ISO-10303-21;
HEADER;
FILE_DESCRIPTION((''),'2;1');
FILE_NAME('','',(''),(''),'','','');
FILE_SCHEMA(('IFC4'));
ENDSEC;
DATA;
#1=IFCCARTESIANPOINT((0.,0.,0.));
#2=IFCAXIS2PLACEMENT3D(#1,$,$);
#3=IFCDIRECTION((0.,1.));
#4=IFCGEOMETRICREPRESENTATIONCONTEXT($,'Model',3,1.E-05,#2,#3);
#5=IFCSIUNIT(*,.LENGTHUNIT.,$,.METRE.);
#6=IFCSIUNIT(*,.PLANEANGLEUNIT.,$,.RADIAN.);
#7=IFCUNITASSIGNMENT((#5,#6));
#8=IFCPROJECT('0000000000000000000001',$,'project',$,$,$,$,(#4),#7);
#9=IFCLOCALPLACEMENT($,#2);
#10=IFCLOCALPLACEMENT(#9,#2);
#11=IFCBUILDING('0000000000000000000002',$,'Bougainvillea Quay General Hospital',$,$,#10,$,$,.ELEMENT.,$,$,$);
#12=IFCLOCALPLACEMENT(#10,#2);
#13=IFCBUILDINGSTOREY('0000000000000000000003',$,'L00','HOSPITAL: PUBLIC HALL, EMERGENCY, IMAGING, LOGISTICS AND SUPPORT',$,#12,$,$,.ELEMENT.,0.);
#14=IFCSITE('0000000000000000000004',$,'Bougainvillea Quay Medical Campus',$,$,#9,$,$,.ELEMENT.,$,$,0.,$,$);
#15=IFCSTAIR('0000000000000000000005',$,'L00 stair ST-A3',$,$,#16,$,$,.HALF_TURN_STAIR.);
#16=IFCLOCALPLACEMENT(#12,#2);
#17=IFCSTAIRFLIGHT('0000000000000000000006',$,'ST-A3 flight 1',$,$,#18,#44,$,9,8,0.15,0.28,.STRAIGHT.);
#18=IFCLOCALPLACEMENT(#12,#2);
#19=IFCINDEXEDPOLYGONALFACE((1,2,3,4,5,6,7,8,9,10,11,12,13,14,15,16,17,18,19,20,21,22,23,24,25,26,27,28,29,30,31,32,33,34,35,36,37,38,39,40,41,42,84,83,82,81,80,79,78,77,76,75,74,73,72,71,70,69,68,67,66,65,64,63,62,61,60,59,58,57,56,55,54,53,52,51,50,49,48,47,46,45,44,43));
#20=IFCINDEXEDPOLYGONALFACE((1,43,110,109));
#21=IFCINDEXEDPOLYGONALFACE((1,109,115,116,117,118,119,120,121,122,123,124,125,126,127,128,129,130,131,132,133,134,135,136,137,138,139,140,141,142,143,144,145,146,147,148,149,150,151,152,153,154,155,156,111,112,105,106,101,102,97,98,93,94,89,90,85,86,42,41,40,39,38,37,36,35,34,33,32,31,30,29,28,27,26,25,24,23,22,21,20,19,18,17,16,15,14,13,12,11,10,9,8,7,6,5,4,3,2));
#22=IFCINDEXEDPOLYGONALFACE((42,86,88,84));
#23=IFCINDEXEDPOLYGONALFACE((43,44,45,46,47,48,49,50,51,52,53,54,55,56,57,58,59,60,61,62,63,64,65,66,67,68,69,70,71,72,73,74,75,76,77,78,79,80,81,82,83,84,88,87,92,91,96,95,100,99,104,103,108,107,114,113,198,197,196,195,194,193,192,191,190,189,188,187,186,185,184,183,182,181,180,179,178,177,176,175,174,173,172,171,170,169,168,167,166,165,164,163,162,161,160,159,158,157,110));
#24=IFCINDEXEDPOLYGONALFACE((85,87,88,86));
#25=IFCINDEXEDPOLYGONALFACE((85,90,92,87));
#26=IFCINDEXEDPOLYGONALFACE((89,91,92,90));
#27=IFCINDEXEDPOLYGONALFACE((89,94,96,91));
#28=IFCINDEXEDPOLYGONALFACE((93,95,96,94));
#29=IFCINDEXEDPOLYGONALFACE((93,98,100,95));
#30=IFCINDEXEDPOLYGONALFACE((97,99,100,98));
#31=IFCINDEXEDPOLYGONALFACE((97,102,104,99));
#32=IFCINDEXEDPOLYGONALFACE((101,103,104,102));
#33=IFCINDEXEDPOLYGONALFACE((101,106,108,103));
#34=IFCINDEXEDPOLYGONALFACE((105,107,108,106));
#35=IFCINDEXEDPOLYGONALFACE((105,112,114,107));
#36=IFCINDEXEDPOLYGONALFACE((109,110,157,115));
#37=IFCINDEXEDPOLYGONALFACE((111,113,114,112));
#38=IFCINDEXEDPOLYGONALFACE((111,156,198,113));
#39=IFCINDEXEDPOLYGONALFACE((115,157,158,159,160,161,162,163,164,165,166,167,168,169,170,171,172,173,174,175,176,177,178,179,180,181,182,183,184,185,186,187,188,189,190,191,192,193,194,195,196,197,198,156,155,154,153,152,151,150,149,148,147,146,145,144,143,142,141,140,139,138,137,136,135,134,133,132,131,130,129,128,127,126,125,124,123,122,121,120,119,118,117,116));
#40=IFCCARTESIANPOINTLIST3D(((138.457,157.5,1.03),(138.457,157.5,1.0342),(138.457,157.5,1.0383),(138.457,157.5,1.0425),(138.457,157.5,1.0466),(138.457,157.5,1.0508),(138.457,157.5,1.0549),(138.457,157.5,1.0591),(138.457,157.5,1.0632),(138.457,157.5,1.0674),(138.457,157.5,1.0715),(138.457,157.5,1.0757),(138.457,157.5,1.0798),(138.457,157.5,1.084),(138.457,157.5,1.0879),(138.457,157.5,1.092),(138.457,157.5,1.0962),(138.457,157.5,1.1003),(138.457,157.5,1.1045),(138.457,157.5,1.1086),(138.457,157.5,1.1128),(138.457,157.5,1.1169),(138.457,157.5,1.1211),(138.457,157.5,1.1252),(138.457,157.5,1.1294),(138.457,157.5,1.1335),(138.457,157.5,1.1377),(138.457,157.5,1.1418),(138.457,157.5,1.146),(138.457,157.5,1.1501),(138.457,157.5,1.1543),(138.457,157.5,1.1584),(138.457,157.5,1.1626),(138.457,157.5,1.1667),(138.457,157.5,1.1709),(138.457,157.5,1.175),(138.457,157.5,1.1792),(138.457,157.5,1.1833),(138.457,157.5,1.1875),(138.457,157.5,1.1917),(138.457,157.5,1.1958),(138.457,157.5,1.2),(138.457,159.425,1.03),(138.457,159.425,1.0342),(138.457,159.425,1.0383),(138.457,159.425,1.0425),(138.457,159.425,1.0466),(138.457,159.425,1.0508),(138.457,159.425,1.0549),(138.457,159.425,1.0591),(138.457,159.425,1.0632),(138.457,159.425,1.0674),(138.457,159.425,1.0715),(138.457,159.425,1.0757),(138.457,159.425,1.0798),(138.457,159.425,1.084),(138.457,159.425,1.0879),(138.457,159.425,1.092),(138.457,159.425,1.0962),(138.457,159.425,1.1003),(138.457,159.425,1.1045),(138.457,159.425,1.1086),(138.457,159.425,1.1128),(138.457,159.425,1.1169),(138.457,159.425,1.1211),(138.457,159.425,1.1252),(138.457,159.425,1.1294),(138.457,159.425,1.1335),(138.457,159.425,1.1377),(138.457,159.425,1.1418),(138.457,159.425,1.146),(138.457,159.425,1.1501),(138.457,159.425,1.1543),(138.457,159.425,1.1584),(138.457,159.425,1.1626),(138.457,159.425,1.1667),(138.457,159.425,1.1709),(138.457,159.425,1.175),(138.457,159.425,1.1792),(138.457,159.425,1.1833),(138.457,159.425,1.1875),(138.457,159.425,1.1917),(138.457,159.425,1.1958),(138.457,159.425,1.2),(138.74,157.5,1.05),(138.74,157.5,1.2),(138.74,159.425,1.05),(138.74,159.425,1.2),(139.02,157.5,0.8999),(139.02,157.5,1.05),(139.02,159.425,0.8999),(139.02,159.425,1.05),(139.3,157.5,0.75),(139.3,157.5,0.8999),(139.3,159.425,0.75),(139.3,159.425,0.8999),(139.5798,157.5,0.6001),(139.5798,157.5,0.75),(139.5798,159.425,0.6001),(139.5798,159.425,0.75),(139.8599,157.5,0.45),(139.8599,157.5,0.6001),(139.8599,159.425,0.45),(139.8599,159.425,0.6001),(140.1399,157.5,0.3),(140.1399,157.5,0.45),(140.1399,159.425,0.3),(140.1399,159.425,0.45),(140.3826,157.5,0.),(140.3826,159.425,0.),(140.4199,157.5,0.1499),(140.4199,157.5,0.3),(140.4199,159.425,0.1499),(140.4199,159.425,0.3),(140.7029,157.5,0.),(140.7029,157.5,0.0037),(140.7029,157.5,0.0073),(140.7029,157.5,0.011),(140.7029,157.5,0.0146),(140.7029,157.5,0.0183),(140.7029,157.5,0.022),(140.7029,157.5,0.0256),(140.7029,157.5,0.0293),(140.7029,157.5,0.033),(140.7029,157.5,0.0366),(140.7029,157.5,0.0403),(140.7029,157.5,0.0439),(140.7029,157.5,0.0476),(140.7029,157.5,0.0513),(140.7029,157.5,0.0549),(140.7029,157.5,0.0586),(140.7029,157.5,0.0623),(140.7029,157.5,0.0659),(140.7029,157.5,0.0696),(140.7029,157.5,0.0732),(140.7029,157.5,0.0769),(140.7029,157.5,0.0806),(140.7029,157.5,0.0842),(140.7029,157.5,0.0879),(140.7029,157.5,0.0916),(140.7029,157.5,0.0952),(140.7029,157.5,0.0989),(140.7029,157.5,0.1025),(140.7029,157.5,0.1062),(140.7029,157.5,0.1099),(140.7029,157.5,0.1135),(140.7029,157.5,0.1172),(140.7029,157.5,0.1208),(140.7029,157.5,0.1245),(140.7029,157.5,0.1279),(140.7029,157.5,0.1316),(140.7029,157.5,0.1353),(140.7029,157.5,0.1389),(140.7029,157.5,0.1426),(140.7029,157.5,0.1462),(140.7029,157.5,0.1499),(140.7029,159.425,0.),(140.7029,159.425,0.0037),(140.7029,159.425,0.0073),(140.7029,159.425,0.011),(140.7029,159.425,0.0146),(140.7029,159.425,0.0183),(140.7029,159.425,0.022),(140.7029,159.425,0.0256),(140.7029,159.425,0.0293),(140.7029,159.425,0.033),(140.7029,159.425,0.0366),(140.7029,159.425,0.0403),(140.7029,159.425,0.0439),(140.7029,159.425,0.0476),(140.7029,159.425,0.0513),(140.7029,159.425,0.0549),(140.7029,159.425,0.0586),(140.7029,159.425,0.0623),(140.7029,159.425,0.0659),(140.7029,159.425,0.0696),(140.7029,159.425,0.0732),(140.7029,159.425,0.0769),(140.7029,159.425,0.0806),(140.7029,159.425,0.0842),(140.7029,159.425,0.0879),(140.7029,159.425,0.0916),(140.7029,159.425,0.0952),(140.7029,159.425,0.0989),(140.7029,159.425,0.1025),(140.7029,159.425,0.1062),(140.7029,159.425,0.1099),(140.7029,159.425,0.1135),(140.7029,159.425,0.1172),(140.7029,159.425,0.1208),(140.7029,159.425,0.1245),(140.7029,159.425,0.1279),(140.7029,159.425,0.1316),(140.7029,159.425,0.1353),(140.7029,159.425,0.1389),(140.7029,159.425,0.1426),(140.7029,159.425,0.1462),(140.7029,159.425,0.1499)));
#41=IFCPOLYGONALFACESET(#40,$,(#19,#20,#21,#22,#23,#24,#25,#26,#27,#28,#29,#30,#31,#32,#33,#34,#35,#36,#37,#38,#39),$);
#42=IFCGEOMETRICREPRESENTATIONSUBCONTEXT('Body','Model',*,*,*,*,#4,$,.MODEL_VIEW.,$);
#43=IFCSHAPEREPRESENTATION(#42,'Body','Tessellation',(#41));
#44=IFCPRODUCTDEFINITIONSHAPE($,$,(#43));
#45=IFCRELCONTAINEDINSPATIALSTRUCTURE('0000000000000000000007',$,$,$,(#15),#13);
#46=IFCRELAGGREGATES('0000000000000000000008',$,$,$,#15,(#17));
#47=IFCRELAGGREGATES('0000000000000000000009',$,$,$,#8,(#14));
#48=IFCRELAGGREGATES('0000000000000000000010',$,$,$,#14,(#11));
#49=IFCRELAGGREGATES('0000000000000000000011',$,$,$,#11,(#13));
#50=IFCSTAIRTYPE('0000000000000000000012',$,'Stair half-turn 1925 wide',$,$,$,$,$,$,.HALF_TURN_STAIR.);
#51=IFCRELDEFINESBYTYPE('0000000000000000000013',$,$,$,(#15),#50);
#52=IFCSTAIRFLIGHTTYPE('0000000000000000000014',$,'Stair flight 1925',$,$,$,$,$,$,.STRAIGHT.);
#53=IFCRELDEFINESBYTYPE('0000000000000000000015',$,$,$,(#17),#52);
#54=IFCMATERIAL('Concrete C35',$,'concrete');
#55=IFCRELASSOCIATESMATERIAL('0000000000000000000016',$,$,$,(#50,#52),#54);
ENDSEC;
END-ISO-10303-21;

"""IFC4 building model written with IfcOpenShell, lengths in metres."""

from ifc_helpers import new_model, si_unit, direction, frame, origin, place, context, subcontext, project, spatial, polyline, outline, extrude, material, type_object, element, aggregate, save


model = new_model("IFC4")

# Units and contexts
model_context = context("Model", 3, precision=1e-05, world=origin(), true_north=direction((0.0, 1.0)))
body_context = subcontext(model_context, "Body", "Model", "MODEL_VIEW")
ifc_project = project(units=[si_unit("LENGTHUNIT", "METRE"), si_unit("PLANEANGLEUNIT", "RADIAN")], contexts=[model_context])

# Site, building, storey
site_placement = place(None, origin())
site = spatial("IfcSite", under=ifc_project, at=site_placement, Name="Bougainvillea Quay Medical Campus", CompositionType="ELEMENT", RefElevation=0.0)
building_placement = place(site_placement, origin())
building = spatial("IfcBuilding", under=site, at=building_placement, Name="Bougainvillea Quay General Hospital", CompositionType="ELEMENT")
storey_placement = place(building_placement, origin())
storey = spatial("IfcBuildingStorey", under=building, at=storey_placement, Name="L00", Description="HOSPITAL: PUBLIC HALL, EMERGENCY, IMAGING, LOGISTICS AND SUPPORT", CompositionType="ELEMENT", Elevation=0.0)

# Stair, stair flight
ifc_material_1 = material(Name="Concrete C35", Category="concrete")
stair_type = type_object("IfcStairType", Name="Stair half-turn 1925 wide", PredefinedType="HALF_TURN_STAIR", material=ifc_material_1)
stair_placement = place(storey_placement, origin())
stair = element("IfcStair", 1, at=stair_placement, inside=storey, type_object=stair_type, Name="L00 stair ST-A3", PredefinedType="HALF_TURN_STAIR")
stair_flight_type = type_object("IfcStairFlightType", Name="Stair flight 1925", PredefinedType="STRAIGHT", material=ifc_material_1)
stair_flight_1_placement = place(storey_placement, frame((140.7, 158.4624, 0.0), z_axis=(0.0, 0.0, 1.0), x_axis=(-1.0, 0.0, 0.0)))
stair_flight_1 = element("IfcStairFlight", 2, at=stair_flight_1_placement, type_object=stair_flight_type, Name="ST-A3 flight 1", NumberOfRisers=9, NumberOfTreads=8, PredefinedType="STRAIGHT", RiserHeight=0.15, TreadLength=0.28, context=body_context, shape_type="SweptSolid", body=[
    extrude(outline(polyline([(-0.0029, 0.0), (-0.0029, 0.0037), (-0.0029, 0.0073), (-0.0029, 0.011), (-0.0029, 0.0146), (-0.0029, 0.0183), (-0.0029, 0.022), (-0.0029, 0.0256), (-0.0029, 0.0293), (-0.0029, 0.033), (-0.0029, 0.0366), (-0.0029, 0.0403), (-0.0029, 0.0439), (-0.0029, 0.0476), (-0.0029, 0.0513), (-0.0029, 0.0549), (-0.0029, 0.0586), (-0.0029, 0.0623), (-0.0029, 0.0659), (-0.0029, 0.0696), (-0.0029, 0.0732), (-0.0029, 0.0769), (-0.0029, 0.0806), (-0.0029, 0.0842), (-0.0029, 0.0879), (-0.0029, 0.0916), (-0.0029, 0.0952), (-0.0029, 0.0989), (-0.0029, 0.1025), (-0.0029, 0.1062), (-0.0029, 0.1099), (-0.0029, 0.1135), (-0.0029, 0.1172), (-0.0029, 0.1208), (-0.0029, 0.1245), (-0.0029, 0.1279), (-0.0029, 0.1316), (-0.0029, 0.1353), (-0.0029, 0.1389), (-0.0029, 0.1426), (-0.0029, 0.1462), (-0.0029, 0.1499), (0.28, 0.1499), (0.28, 0.3), (0.5601, 0.3), (0.5601, 0.45), (0.8401, 0.45), (0.8401, 0.6001), (1.1201, 0.6001), (1.1201, 0.75), (1.3999, 0.75), (1.3999, 0.8999), (1.6799, 0.8999), (1.6799, 1.05), (1.96, 1.05), (1.96, 1.2), (2.2429, 1.2), (2.2429, 1.1958), (2.2429, 1.1917), (2.2429, 1.1875), (2.2429, 1.1833), (2.2429, 1.1792), (2.2429, 1.175), (2.2429, 1.1709), (2.2429, 1.1667), (2.2429, 1.1626), (2.2429, 1.1584), (2.2429, 1.1543), (2.2429, 1.1501), (2.2429, 1.146), (2.2429, 1.1418), (2.2429, 1.1377), (2.2429, 1.1335), (2.2429, 1.1294), (2.2429, 1.1252), (2.2429, 1.1211), (2.2429, 1.1169), (2.2429, 1.1128), (2.2429, 1.1086), (2.2429, 1.1045), (2.2429, 1.1003), (2.2429, 1.0962), (2.2429, 1.092), (2.2429, 1.0879), (2.2429, 1.084), (2.2429, 1.0798), (2.2429, 1.0757), (2.2429, 1.0715), (2.2429, 1.0674), (2.2429, 1.0632), (2.2429, 1.0591), (2.2429, 1.0549), (2.2429, 1.0508), (2.2429, 1.0466), (2.2429, 1.0425), (2.2429, 1.0383), (2.2429, 1.0342), (2.2429, 1.03), (0.3174, 0.0), (-0.0029, 0.0)])), frame((0.0, 0.9624, 0.0), z_axis=(0.0, -1.0, 0.0), x_axis=(1.0, 0.0, 0.0)), (0.0, 0.0, 1.0), 1.925),
])
aggregate(stair, [stair_flight_1])

save(model, "model.ifc")
